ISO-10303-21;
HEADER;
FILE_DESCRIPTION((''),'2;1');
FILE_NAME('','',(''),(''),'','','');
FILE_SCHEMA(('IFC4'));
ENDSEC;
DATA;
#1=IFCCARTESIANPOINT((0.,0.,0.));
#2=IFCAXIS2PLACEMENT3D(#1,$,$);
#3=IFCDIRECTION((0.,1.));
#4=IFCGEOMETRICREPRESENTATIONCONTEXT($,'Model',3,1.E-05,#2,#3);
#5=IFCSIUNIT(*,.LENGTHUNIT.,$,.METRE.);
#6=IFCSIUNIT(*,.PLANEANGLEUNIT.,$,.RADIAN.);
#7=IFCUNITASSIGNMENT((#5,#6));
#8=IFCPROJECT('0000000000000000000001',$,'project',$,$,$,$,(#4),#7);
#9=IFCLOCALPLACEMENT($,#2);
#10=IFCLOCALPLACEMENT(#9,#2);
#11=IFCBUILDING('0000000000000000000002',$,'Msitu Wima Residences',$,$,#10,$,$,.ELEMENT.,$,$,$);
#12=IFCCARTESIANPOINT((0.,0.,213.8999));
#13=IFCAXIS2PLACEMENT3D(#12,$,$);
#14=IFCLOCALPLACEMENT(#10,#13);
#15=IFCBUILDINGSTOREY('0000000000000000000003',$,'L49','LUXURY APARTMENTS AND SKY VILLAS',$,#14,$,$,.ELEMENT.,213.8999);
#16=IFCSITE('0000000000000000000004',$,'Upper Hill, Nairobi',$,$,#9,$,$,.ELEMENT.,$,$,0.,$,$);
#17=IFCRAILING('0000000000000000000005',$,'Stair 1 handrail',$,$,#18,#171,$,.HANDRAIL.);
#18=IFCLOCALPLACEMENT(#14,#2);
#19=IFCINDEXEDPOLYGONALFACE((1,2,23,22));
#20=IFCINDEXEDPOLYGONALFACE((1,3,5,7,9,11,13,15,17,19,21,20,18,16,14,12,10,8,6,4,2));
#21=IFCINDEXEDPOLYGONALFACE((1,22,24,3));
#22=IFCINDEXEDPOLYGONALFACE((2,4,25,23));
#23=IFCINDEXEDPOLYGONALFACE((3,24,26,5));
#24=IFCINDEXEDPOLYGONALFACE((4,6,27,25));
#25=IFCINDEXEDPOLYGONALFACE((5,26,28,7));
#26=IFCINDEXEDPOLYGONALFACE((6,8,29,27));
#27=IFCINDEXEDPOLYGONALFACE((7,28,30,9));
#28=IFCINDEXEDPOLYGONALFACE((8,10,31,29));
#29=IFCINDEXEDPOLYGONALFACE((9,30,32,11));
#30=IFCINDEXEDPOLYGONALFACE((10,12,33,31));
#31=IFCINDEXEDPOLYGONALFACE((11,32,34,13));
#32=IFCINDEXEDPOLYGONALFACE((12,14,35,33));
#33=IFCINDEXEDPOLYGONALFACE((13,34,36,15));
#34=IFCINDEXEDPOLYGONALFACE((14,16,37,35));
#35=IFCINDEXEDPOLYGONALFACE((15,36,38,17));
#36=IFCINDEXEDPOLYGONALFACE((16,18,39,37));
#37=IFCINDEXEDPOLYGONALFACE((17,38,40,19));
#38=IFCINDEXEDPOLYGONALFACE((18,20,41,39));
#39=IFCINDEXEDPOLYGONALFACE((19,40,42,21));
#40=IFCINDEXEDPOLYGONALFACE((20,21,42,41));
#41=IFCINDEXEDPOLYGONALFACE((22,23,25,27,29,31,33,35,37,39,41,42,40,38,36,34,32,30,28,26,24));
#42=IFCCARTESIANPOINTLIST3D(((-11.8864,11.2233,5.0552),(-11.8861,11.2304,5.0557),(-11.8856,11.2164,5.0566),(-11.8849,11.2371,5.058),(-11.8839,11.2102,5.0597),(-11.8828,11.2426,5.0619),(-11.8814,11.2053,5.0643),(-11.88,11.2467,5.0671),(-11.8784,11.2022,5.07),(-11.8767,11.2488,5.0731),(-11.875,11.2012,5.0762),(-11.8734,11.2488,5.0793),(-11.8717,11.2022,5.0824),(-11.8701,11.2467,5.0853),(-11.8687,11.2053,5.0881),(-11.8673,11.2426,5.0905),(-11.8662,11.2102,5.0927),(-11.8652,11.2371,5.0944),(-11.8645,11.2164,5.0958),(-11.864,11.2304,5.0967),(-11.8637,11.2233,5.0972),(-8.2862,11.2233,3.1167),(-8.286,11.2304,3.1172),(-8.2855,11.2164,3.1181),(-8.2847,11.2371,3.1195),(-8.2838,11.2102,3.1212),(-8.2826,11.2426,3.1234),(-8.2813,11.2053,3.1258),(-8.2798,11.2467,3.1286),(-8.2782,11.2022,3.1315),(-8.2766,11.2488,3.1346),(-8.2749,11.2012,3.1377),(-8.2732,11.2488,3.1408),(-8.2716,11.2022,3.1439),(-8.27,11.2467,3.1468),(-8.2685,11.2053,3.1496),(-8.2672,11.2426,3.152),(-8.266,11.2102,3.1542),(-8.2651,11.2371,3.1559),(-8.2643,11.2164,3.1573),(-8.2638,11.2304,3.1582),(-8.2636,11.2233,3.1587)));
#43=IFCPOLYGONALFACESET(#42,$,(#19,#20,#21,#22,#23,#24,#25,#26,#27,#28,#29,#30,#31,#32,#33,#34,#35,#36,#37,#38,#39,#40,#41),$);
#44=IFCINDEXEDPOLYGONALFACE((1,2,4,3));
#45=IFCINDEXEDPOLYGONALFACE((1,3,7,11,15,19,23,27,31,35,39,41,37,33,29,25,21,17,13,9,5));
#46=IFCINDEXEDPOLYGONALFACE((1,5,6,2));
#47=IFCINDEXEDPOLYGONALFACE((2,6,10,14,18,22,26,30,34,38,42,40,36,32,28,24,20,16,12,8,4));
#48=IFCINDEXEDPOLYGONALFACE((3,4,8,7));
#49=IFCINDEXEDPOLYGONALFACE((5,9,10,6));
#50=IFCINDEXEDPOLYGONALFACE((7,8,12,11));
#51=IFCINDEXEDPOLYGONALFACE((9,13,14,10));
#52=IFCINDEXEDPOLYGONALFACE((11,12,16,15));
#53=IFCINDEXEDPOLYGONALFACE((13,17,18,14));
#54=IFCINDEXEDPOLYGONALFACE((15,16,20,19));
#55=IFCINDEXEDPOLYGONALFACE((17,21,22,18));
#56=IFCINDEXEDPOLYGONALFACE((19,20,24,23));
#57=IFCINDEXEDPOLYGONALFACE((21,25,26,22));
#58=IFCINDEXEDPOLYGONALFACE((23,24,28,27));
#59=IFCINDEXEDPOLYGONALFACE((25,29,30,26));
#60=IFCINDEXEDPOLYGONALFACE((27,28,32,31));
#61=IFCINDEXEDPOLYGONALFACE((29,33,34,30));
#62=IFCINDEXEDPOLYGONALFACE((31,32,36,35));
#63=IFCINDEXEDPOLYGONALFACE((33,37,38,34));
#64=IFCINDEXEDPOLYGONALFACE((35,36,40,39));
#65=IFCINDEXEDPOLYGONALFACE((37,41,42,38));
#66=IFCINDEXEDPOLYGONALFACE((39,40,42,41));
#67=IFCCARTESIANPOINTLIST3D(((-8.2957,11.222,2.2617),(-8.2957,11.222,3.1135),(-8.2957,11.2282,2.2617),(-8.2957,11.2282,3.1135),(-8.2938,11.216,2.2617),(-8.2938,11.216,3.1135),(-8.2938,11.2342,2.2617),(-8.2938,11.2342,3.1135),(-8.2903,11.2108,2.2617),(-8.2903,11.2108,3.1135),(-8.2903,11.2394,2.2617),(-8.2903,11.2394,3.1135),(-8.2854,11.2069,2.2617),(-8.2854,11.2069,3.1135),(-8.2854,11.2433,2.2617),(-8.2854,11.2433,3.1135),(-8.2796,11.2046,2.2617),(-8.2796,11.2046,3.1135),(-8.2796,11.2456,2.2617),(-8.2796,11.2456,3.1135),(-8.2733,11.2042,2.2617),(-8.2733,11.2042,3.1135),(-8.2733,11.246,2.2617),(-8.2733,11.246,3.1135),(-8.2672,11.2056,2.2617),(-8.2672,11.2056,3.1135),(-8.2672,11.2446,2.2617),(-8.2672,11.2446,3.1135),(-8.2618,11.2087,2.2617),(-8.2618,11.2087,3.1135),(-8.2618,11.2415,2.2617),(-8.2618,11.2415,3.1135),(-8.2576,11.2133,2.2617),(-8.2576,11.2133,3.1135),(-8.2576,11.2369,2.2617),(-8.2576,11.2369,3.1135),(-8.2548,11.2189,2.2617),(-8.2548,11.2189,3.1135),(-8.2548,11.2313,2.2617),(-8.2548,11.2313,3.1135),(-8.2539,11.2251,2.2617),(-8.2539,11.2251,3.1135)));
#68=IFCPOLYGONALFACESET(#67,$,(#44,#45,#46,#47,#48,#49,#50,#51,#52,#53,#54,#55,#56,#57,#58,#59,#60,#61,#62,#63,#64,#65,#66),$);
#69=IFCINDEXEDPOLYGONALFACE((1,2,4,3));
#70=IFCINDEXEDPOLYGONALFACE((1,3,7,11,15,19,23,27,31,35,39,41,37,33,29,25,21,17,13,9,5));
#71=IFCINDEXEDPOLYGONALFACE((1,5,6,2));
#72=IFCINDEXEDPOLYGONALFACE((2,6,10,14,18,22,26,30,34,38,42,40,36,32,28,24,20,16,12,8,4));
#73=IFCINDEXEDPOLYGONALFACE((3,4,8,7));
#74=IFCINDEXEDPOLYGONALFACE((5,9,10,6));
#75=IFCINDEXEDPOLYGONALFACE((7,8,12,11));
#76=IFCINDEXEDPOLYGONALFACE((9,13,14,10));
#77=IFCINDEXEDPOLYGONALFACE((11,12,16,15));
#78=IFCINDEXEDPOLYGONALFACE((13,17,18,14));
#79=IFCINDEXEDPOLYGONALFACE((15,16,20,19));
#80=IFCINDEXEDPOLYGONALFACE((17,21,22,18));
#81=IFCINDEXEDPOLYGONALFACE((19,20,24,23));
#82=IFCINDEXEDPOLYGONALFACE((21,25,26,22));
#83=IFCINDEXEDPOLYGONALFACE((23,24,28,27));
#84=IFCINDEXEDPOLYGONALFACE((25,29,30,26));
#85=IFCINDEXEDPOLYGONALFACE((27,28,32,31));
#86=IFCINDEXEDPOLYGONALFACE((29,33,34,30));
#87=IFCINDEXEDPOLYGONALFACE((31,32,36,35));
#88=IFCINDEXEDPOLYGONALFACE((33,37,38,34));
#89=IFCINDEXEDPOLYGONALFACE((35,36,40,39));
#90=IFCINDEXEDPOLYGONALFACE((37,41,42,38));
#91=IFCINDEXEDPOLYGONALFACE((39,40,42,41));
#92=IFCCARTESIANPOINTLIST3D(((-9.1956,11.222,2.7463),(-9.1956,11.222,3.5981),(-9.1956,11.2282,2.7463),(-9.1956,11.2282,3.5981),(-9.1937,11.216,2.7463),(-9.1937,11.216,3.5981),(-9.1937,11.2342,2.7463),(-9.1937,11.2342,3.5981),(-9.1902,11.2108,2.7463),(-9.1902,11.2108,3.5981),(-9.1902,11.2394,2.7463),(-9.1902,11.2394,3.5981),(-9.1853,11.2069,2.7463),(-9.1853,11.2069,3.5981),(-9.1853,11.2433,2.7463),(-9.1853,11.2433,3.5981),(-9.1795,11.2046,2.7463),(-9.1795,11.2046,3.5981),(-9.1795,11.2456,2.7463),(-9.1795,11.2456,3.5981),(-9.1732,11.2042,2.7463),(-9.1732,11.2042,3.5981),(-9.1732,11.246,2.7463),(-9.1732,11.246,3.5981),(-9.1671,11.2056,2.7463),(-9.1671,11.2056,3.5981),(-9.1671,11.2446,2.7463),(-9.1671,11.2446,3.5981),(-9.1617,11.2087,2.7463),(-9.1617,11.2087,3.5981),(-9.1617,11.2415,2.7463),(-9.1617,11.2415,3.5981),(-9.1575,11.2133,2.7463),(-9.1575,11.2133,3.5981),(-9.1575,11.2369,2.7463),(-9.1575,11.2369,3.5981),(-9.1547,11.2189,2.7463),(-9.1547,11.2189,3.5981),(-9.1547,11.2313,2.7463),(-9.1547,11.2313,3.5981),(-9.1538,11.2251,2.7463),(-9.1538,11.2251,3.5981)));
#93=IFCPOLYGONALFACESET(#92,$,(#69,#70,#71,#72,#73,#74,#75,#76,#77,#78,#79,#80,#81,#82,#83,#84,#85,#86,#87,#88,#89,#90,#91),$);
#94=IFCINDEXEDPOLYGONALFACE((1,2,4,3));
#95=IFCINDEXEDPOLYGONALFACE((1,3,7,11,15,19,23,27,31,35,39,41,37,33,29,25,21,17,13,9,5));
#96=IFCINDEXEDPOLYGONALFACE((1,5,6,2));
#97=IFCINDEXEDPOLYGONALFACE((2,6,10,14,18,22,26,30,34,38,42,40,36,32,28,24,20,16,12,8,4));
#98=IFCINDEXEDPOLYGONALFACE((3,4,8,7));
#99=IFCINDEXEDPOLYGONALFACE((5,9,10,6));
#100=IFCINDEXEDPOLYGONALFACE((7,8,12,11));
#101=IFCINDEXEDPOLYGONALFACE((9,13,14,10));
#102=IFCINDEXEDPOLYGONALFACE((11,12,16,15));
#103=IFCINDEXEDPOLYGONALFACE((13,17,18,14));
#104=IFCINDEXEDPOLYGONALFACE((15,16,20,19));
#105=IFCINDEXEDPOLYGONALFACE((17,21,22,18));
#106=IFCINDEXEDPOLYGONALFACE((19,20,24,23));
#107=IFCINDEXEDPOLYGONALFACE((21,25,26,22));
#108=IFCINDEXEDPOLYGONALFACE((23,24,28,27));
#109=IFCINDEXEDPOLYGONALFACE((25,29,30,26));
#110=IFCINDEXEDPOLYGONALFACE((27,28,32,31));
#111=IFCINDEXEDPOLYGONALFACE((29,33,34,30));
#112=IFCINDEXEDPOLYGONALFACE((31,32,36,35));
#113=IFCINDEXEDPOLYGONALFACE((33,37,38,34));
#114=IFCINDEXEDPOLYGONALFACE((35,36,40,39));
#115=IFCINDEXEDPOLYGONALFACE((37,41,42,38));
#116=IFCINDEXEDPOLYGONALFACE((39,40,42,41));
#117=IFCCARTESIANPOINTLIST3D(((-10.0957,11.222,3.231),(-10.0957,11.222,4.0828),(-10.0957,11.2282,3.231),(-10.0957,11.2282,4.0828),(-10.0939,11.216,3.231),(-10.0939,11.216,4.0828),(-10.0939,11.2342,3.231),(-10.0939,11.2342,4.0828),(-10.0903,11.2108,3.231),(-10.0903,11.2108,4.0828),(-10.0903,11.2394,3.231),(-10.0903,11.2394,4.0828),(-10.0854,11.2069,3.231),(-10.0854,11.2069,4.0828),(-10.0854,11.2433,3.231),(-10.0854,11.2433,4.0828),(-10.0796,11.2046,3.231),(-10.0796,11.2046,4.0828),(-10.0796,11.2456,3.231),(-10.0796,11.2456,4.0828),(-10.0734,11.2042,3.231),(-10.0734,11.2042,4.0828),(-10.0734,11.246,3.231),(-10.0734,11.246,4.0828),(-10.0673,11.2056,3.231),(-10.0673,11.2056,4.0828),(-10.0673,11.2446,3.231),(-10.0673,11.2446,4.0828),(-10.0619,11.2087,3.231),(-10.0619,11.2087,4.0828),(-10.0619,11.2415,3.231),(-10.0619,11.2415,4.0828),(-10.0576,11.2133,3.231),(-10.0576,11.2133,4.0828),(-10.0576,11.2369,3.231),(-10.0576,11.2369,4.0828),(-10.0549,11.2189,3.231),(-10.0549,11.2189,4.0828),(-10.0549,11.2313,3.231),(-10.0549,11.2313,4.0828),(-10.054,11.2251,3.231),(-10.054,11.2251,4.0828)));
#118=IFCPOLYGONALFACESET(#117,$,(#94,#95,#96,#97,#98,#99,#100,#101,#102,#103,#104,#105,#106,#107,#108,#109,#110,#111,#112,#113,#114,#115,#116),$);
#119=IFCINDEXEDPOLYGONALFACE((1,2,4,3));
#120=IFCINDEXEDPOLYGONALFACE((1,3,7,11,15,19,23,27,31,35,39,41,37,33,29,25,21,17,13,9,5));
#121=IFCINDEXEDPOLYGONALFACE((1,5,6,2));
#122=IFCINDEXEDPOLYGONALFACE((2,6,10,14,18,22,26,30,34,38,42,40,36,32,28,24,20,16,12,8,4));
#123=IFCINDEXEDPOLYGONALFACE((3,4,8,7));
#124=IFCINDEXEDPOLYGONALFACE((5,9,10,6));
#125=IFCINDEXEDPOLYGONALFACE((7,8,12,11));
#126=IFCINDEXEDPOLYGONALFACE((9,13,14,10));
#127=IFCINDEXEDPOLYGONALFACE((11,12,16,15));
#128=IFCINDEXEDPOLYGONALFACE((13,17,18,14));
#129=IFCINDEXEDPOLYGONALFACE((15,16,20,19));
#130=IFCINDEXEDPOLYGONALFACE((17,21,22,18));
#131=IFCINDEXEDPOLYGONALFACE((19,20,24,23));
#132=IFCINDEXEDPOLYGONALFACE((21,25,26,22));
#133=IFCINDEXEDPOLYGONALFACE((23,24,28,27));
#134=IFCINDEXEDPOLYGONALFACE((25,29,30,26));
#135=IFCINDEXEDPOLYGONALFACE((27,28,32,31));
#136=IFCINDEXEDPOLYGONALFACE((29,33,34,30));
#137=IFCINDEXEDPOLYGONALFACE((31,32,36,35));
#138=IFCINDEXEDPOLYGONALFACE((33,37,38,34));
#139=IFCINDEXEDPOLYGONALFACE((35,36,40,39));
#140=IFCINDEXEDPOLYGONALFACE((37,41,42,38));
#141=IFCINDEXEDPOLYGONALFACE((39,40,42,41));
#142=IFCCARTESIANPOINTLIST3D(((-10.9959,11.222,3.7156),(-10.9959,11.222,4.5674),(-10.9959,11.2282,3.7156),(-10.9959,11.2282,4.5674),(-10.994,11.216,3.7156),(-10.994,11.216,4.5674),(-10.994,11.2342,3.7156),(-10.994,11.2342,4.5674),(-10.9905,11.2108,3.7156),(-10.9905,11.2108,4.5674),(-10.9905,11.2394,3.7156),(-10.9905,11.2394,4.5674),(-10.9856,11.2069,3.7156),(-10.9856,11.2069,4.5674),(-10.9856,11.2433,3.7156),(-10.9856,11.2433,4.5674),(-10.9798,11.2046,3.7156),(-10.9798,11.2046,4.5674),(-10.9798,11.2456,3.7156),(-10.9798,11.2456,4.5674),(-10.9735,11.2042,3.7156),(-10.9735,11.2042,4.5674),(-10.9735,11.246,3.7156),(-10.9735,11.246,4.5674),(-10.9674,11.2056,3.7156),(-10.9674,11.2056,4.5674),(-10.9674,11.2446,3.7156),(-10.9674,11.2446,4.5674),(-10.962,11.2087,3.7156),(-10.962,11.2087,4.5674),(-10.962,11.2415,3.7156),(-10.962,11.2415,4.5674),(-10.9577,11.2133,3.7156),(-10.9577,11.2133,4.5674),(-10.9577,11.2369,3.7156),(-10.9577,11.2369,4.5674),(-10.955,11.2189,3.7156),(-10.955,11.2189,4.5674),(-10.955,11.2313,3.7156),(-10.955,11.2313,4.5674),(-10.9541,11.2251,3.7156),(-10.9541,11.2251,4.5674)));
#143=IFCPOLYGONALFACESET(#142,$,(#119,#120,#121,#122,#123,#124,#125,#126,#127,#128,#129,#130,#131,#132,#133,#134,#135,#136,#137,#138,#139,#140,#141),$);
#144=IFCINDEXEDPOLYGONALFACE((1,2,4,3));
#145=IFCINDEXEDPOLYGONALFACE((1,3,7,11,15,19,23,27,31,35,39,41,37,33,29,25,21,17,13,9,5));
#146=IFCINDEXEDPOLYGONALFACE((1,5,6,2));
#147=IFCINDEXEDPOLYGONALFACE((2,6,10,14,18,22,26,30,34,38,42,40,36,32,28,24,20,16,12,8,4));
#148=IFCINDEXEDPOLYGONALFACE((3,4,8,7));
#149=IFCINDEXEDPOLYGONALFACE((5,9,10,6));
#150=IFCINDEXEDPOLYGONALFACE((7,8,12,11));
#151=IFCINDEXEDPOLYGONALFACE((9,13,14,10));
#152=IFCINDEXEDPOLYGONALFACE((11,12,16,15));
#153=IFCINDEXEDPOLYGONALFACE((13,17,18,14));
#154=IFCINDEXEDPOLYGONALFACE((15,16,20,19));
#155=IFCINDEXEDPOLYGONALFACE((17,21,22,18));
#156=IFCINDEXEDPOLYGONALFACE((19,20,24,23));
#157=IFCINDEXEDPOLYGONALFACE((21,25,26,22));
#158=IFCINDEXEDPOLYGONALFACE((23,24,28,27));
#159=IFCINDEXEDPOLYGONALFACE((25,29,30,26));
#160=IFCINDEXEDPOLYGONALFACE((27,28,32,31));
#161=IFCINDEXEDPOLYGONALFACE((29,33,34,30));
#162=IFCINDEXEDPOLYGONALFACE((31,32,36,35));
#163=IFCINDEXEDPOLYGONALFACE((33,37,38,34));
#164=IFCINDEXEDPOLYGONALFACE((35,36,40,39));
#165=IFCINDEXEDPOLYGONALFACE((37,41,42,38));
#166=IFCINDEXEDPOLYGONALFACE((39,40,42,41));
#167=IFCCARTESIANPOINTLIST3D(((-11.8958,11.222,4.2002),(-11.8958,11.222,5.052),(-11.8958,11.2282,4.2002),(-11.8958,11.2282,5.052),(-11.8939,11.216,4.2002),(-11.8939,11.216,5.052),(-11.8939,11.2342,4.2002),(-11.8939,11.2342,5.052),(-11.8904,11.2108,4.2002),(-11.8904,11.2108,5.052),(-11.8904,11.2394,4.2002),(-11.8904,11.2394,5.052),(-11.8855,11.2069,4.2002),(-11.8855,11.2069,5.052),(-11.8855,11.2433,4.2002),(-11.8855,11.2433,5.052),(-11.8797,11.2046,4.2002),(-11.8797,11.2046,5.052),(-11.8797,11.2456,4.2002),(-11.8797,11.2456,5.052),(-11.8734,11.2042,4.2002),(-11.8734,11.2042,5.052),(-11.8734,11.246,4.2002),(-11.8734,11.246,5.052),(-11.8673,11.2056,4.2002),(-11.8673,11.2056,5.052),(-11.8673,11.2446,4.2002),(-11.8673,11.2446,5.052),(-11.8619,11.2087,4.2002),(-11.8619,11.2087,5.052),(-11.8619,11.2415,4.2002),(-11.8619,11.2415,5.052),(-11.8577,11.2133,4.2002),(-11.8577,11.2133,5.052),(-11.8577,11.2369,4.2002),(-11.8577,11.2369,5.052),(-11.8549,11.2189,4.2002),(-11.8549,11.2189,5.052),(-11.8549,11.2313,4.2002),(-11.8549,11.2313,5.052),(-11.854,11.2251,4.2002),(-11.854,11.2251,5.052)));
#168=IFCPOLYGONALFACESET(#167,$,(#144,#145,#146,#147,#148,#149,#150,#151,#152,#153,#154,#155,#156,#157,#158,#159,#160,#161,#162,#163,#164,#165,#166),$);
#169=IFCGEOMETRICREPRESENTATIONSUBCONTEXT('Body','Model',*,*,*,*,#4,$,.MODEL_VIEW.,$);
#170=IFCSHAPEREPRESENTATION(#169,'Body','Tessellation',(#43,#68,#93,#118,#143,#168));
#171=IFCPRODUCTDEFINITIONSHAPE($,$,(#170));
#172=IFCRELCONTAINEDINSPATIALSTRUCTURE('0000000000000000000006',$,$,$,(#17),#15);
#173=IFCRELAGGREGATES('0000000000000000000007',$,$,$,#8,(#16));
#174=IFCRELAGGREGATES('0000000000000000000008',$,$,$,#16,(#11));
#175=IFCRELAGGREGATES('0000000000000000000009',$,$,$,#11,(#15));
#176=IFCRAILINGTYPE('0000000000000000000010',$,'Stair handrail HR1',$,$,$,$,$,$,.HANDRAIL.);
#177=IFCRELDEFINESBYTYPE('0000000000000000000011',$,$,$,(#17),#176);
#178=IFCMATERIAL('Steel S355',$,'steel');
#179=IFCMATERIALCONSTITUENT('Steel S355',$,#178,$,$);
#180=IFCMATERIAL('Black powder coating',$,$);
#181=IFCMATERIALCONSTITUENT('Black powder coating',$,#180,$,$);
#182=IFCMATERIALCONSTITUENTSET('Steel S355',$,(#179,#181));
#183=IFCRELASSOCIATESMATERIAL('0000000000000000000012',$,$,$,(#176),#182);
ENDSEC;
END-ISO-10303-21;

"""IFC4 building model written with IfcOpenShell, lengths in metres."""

from ifc_helpers import new_model, si_unit, direction, frame, origin, origin_2d, place, context, subcontext, project, spatial, circle, extrude, material, constituent, constituent_set, type_object, element, save


model = new_model("IFC4")

# Units and contexts
model_context = context("Model", 3, precision=1e-05, world=origin(), true_north=direction((0.0, 1.0)))
body_context = subcontext(model_context, "Body", "Model", "MODEL_VIEW")
ifc_project = project(units=[si_unit("LENGTHUNIT", "METRE"), si_unit("PLANEANGLEUNIT", "RADIAN")], contexts=[model_context])

# Site, building, storey
site_placement = place(None, origin())
site = spatial("IfcSite", under=ifc_project, at=site_placement, Name="Upper Hill, Nairobi", CompositionType="ELEMENT", RefElevation=0.0)
building_placement = place(site_placement, origin())
building = spatial("IfcBuilding", under=site, at=building_placement, Name="Msitu Wima Residences", CompositionType="ELEMENT")
storey_placement = place(building_placement, frame((0.0, 0.0, 213.8999)))
storey = spatial("IfcBuildingStorey", under=building, at=storey_placement, Name="L49", Description="LUXURY APARTMENTS AND SKY VILLAS", CompositionType="ELEMENT", Elevation=213.8999)

# Railing
ifc_material_1 = material(Name="Steel S355", Category="steel")
ifc_constituent_1 = constituent(ifc_material_1, Name="Steel S355")
ifc_material_2 = material(Name="Black powder coating")
ifc_constituent_2 = constituent(ifc_material_2, Name="Black powder coating")
ifc_constituent_set = constituent_set(constituents=[ifc_constituent_1, ifc_constituent_2], Name="Steel S355")
railing_type = type_object("IfcRailingType", Name="Stair handrail HR1", PredefinedType="HANDRAIL", material=ifc_constituent_set)
for number, where, name in (
    (1, (-8.2749, 11.2251, 2.2617), "Stair 1 handrail"),
):
    element("IfcRailing", number, at=place(storey_placement, frame(where)), inside=storey, type_object=railing_type, Name=name, PredefinedType="HANDRAIL", context=body_context, shape_type="SweptSolid", body=[
        extrude(circle(Radius=0.0239, at=origin_2d()), frame((0.0, 0.0, 0.876), z_axis=(-0.880475, 0.0, 0.474093), x_axis=(0.0, -1.0, 0.0)), (0.0, 0.0, 1.0), 4.0889),
        extrude(circle(Radius=0.021, at=origin_2d()), origin(), (0.0, 0.0, 1.0), 0.8518),
        extrude(circle(Radius=0.021, at=origin_2d()), frame((-0.8999, 0.0, 0.4846)), (0.0, 0.0, 1.0), 0.8518),
        extrude(circle(Radius=0.021, at=origin_2d()), frame((-1.8, 0.0, 0.9692)), (0.0, 0.0, 1.0), 0.8518),
        extrude(circle(Radius=0.021, at=origin_2d()), frame((-2.7002, 0.0, 1.4539)), (0.0, 0.0, 1.0), 0.8518),
        extrude(circle(Radius=0.021, at=origin_2d()), frame((-3.6001, 0.0, 1.9385)), (0.0, 0.0, 1.0), 0.8518),
    ])

save(model, "model.ifc")
